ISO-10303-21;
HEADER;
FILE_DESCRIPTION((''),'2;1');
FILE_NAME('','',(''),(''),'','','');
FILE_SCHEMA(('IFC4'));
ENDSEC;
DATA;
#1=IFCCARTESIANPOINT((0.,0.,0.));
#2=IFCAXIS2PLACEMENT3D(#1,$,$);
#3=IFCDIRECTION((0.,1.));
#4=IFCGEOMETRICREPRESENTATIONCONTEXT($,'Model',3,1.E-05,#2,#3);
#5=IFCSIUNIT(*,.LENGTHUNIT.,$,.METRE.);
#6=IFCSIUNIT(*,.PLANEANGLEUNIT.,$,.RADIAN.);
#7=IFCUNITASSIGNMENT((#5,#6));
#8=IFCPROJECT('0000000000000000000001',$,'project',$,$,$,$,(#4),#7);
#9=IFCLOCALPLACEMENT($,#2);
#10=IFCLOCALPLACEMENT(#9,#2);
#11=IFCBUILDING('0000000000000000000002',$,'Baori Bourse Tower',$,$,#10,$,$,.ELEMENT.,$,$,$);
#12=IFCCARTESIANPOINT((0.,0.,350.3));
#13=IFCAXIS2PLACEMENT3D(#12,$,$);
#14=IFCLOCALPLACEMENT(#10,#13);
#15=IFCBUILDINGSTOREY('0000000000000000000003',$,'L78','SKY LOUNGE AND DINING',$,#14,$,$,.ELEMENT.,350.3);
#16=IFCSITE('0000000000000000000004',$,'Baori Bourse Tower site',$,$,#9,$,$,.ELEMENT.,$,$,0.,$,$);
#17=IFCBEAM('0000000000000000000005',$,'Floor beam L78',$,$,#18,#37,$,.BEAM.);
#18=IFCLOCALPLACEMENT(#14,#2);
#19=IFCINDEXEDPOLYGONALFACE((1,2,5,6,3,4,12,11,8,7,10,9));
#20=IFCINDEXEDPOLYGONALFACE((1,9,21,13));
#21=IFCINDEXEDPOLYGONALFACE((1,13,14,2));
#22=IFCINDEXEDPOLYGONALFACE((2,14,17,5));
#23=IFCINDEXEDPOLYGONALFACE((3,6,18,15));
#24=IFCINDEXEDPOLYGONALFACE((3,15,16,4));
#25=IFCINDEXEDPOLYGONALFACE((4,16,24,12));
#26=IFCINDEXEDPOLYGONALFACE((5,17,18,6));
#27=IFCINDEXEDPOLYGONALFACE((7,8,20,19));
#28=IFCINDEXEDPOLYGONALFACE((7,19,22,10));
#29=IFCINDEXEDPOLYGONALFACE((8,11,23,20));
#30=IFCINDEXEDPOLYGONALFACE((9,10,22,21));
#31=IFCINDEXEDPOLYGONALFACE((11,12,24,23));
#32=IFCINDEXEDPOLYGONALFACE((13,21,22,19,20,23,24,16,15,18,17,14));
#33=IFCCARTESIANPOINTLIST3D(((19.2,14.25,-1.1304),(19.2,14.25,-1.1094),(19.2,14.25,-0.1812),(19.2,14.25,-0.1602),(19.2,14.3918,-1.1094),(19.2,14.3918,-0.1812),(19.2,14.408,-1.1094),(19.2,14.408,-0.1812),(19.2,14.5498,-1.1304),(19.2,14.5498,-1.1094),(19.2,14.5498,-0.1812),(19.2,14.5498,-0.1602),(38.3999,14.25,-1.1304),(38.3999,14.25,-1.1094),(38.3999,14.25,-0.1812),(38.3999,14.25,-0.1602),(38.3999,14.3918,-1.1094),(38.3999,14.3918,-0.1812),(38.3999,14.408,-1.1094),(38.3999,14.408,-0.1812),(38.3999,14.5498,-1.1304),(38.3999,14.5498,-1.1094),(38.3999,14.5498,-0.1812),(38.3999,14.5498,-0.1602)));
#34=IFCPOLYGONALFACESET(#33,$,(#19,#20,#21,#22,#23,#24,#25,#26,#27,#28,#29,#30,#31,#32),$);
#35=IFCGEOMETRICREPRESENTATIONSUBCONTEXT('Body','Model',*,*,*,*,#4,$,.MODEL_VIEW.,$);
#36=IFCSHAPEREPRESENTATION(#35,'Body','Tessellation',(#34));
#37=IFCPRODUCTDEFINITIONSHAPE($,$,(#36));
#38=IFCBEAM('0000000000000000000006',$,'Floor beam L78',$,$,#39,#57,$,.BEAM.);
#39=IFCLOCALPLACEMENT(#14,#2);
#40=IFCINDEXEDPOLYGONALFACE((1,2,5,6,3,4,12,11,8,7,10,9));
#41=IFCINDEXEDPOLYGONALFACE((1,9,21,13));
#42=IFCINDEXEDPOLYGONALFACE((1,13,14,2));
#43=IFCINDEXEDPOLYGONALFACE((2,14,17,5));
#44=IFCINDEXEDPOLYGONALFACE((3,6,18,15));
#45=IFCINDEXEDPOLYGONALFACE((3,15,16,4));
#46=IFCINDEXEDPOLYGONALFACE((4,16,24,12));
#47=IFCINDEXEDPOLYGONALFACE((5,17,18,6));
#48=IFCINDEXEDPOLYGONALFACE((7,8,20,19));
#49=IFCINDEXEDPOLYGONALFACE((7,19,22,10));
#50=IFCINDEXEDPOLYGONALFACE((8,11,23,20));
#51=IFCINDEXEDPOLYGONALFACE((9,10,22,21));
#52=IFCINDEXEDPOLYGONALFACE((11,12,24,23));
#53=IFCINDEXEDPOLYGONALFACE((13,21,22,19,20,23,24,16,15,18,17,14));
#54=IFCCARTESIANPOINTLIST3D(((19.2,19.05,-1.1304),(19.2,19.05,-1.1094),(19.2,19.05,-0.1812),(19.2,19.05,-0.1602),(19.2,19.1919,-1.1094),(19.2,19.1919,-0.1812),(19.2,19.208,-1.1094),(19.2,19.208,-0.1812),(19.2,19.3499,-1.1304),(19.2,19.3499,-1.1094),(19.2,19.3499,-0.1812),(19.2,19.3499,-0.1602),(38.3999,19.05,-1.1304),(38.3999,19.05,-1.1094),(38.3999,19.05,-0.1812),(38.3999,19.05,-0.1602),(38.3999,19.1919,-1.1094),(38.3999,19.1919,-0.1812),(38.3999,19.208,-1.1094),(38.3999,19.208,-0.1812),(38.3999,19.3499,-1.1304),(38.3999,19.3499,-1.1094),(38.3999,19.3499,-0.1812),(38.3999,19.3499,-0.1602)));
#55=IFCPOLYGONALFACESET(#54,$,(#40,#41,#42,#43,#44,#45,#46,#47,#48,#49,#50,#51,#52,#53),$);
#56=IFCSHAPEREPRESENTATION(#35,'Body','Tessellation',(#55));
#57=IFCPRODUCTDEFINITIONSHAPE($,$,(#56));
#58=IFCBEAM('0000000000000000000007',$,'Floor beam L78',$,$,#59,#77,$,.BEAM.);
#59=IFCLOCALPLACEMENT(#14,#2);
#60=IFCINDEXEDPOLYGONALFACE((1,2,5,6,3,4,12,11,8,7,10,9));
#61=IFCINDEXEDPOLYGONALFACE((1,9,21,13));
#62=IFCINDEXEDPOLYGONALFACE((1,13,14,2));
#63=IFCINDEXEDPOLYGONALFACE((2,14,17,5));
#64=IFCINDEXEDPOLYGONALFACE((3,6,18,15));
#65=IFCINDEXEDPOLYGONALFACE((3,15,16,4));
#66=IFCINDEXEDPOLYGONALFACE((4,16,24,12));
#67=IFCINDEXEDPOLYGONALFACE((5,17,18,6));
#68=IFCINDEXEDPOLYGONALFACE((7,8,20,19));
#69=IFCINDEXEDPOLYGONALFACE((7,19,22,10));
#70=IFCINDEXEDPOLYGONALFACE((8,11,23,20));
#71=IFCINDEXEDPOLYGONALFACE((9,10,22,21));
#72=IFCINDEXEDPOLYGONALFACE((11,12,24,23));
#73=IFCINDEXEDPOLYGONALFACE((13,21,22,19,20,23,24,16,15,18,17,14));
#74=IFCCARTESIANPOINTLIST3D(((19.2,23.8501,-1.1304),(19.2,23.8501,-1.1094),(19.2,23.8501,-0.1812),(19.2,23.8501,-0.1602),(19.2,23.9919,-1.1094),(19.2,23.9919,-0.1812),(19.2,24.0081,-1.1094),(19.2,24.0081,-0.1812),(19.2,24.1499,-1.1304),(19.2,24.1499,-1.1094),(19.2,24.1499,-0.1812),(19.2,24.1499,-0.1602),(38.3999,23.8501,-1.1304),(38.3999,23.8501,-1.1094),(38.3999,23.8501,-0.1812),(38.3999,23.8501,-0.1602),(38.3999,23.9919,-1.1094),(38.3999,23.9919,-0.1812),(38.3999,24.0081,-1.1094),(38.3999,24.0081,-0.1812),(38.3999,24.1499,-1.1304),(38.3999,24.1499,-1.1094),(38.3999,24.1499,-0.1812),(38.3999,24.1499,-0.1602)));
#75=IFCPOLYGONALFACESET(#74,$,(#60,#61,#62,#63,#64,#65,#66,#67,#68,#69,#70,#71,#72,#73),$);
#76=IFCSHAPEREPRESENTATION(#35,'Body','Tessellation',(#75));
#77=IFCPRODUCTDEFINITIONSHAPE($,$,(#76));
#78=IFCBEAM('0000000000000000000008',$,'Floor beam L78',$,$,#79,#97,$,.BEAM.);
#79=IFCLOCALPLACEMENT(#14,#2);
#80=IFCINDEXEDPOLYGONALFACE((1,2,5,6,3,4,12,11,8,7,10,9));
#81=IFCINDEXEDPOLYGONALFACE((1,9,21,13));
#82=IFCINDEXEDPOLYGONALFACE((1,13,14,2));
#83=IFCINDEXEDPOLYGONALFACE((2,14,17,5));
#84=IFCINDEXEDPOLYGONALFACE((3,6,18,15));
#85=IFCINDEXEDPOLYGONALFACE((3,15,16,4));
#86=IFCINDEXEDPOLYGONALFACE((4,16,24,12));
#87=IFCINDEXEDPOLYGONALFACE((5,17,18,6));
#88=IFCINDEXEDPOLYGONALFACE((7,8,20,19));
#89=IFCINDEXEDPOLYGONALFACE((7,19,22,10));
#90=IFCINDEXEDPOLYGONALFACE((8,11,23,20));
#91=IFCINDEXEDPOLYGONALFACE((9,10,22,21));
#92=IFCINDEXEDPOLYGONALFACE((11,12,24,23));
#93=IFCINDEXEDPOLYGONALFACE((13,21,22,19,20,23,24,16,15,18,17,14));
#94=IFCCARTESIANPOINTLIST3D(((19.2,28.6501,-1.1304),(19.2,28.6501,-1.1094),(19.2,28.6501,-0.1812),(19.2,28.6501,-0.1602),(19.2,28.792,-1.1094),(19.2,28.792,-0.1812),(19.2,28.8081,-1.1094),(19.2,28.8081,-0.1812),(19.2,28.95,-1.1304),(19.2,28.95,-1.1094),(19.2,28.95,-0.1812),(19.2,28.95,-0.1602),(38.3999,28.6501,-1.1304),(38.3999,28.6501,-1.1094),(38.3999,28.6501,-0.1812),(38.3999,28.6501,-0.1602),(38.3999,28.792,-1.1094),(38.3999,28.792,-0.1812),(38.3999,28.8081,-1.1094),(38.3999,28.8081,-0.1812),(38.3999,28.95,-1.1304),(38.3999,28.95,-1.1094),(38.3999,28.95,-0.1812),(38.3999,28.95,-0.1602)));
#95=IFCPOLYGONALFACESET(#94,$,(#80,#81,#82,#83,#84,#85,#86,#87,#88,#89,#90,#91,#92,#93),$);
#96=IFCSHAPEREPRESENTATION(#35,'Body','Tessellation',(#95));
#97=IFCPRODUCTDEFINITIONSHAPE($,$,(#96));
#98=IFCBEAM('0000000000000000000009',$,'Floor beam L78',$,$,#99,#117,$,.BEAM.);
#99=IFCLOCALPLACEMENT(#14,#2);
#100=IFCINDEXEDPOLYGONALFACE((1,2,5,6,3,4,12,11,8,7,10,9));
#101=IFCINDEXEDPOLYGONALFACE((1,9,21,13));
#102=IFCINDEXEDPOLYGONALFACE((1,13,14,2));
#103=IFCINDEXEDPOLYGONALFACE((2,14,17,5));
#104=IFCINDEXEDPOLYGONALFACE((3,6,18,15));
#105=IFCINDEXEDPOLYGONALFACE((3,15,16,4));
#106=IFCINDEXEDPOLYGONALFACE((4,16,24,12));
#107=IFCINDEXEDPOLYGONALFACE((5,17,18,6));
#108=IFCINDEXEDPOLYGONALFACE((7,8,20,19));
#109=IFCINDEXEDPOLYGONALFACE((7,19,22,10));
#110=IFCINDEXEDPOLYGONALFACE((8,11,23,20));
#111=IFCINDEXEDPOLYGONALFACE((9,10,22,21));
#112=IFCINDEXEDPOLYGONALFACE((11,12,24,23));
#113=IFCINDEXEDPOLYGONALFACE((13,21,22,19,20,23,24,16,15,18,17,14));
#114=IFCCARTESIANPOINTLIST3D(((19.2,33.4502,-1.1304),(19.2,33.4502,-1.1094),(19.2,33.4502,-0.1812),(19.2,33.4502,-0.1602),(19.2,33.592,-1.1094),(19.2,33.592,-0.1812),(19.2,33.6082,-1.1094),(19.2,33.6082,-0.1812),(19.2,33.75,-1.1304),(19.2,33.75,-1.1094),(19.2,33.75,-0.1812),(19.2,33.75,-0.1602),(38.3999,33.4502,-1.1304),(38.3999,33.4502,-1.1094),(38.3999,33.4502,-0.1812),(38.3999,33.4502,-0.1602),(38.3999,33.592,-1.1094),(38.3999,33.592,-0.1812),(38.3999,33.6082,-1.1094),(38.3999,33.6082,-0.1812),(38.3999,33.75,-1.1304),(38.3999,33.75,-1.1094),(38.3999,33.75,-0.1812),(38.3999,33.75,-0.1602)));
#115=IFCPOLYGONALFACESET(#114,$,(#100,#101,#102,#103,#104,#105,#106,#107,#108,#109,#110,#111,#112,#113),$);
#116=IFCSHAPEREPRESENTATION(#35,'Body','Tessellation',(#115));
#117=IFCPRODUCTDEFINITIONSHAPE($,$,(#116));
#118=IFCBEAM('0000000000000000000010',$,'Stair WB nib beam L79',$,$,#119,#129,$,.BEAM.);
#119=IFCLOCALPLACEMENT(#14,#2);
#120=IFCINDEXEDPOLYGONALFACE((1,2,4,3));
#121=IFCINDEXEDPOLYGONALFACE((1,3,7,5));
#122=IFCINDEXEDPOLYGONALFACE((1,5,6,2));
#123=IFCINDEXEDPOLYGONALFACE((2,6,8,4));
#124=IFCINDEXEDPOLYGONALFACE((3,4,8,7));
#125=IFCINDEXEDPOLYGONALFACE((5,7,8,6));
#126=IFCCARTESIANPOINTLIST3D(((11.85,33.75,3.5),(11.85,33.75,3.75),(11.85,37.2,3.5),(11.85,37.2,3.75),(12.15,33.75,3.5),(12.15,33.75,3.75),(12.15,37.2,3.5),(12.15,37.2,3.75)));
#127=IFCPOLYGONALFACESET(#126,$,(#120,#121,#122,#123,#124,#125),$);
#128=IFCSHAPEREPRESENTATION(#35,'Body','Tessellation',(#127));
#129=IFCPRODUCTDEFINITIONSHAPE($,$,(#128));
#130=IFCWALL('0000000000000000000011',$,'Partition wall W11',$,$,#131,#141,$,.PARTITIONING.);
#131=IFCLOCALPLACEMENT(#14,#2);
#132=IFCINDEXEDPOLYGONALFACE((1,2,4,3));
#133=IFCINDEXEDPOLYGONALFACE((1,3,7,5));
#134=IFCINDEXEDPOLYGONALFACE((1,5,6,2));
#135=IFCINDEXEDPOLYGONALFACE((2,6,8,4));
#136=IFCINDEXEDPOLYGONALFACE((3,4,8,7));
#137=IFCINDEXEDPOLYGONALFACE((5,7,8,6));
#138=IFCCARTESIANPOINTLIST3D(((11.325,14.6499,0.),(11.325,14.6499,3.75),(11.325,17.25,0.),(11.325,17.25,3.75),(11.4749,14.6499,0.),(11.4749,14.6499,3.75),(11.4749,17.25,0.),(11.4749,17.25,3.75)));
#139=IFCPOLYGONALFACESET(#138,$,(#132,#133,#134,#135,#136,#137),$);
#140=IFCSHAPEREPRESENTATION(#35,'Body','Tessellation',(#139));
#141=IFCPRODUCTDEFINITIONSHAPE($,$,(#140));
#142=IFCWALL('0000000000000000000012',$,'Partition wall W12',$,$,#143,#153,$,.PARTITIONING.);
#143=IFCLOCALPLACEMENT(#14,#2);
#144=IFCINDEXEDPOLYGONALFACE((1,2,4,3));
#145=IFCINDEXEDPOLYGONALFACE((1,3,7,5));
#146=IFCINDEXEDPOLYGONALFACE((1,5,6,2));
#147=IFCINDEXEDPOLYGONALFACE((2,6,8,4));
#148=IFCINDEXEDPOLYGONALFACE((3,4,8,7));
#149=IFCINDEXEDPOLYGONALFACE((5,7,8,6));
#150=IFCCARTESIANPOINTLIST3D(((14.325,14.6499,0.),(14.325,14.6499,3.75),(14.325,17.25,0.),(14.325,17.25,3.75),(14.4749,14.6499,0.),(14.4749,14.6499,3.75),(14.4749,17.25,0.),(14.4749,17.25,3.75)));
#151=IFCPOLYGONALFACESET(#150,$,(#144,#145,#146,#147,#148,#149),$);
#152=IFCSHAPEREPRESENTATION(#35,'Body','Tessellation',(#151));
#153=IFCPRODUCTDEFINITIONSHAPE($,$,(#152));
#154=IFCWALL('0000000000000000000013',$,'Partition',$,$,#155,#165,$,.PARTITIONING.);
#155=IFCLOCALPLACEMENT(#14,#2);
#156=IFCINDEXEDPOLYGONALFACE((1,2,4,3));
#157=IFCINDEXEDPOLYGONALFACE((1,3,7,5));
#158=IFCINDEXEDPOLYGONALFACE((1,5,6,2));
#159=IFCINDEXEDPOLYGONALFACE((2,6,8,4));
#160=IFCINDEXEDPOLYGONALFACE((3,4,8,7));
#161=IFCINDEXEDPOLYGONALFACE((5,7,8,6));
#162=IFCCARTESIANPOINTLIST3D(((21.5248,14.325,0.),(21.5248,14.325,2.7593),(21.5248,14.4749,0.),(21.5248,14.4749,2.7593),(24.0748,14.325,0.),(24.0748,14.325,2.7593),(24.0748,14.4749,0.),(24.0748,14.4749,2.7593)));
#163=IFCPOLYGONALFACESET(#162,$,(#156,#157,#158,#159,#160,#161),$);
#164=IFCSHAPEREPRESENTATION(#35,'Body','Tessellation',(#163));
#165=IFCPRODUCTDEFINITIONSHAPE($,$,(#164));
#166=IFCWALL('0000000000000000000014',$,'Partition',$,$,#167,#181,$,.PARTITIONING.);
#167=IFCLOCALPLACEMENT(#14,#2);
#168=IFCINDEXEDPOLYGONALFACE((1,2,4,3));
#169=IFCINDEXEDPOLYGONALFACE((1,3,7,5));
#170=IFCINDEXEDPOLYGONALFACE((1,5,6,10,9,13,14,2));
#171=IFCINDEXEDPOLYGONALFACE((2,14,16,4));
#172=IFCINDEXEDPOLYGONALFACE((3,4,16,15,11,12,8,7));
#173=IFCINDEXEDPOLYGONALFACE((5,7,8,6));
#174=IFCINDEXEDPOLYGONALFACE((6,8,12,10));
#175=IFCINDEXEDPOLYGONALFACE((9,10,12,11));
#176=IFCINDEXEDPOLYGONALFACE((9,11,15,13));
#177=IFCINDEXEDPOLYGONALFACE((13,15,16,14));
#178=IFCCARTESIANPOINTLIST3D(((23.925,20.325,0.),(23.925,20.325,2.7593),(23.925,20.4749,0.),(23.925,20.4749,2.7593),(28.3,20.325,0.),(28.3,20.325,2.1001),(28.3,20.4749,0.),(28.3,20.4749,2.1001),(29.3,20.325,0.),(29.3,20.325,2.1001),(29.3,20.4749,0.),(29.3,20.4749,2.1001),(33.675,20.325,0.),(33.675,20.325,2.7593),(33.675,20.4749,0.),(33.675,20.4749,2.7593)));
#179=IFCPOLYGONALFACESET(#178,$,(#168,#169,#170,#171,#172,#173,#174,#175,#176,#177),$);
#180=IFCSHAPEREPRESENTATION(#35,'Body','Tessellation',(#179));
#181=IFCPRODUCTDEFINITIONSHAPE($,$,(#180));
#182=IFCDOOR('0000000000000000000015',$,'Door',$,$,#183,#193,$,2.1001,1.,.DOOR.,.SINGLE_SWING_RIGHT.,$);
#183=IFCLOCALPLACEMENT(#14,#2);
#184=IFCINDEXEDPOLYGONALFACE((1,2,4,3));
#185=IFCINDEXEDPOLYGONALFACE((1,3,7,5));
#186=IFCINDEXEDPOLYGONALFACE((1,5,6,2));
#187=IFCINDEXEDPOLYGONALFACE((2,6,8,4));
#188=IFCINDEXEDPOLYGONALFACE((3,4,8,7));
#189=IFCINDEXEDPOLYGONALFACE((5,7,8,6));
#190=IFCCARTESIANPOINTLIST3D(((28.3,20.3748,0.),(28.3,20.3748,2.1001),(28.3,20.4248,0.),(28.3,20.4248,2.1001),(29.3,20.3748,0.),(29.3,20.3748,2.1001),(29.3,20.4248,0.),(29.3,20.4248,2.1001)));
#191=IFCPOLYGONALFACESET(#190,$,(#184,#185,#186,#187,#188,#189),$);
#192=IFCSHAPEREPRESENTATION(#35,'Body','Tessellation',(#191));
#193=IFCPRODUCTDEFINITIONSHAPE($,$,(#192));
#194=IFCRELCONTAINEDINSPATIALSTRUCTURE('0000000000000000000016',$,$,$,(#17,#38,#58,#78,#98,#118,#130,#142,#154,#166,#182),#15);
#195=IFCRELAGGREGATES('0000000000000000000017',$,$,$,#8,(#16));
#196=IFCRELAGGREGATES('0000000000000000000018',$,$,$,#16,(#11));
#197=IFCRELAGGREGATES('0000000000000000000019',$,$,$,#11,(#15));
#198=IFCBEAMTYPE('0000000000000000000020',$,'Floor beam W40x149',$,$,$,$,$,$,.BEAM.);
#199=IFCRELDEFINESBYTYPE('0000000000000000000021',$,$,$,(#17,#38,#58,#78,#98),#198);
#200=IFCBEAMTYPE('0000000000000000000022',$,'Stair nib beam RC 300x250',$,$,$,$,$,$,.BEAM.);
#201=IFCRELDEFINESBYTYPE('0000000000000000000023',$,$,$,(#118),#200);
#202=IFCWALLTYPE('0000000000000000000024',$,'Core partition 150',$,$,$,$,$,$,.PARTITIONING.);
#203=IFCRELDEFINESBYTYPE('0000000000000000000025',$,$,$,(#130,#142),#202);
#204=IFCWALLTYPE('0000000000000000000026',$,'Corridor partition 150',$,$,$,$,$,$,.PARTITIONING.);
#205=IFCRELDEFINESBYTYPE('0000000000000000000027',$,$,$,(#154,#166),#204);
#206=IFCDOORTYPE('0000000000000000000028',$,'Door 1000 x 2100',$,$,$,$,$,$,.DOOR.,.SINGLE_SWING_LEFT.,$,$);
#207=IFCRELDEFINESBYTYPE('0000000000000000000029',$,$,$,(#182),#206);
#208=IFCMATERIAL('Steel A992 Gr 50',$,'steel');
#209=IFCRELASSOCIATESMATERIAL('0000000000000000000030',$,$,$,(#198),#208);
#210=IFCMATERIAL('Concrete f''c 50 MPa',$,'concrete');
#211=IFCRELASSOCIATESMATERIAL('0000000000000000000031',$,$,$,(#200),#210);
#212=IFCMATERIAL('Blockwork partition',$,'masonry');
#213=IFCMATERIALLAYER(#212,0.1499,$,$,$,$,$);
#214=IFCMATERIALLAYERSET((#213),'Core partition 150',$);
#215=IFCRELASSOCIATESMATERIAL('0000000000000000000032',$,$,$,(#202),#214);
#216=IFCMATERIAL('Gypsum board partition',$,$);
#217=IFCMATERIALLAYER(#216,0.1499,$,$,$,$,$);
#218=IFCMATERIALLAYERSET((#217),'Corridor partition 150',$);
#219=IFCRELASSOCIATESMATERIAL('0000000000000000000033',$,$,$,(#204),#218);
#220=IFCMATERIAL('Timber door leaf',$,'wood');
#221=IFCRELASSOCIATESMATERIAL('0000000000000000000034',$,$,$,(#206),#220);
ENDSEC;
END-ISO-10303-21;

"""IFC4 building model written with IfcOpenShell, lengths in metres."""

from ifc_helpers import new_model, si_unit, direction, frame, frame_2d, origin, origin_2d, place, context, subcontext, project, spatial, rectangle, i_section, extrude, material, layer, layer_set, material_profile, profile_set, type_object, element, fill, save


model = new_model("IFC4")

# Units and contexts
model_context = context("Model", 3, precision=1e-05, world=origin(), true_north=direction((0.0, 1.0)))
body_context = subcontext(model_context, "Body", "Model", "MODEL_VIEW")
ifc_project = project(units=[si_unit("LENGTHUNIT", "METRE"), si_unit("PLANEANGLEUNIT", "RADIAN")], contexts=[model_context])

# Site, building, storey
site_placement = place(None, origin())
site = spatial("IfcSite", under=ifc_project, at=site_placement, Name="Baori Bourse Tower site", CompositionType="ELEMENT", RefElevation=0.0)
building_placement = place(site_placement, origin())
building = spatial("IfcBuilding", under=site, at=building_placement, Name="Baori Bourse Tower", CompositionType="ELEMENT")
storey_placement = place(building_placement, frame((0.0, 0.0, 350.3)))
storey = spatial("IfcBuildingStorey", under=building, at=storey_placement, Name="L78", Description="SKY LOUNGE AND DINING", CompositionType="ELEMENT", Elevation=350.3)

# Beams
ifc_material_1 = material(Name="Steel A992 Gr 50", Category="steel")
ifc_material_profile_1 = material_profile(ifc_material_1, i_section(OverallWidth=0.2998, OverallDepth=0.9702, WebThickness=0.0161, FlangeThickness=0.021, at=origin_2d()), Name="W40x149")
ifc_profile_set_1 = profile_set([ifc_material_profile_1], Name="Steel A992 Gr 50")
beam_type_1 = type_object("IfcBeamType", Name="Floor beam W40x149", PredefinedType="BEAM", material=ifc_profile_set_1)
for number, where, z_axis, x_axis, name in (
    (1, (19.2, 14.3999, -0.6453), (1.0, 0.0, 0.0), (0.0, 1.0, 0.0), "Floor beam L78"),
    (2, (19.2, 19.2, -0.6453), (1.0, 0.0, 0.0), (0.0, 1.0, 0.0), "Floor beam L78"),
    (3, (19.2, 24.0, -0.6453), (1.0, 0.0, 0.0), (0.0, 1.0, 0.0), "Floor beam L78"),
    (4, (19.2, 28.8, -0.6453), (1.0, 0.0, 0.0), (0.0, 1.0, 0.0), "Floor beam L78"),
    (5, (19.2, 33.6001, -0.6453), (1.0, 0.0, 0.0), (0.0, 1.0, 0.0), "Floor beam L78"),
):
    element("IfcBeam", number, at=place(storey_placement, frame(where, z_axis=z_axis, x_axis=x_axis)), inside=storey, type_object=beam_type_1, Name=name, PredefinedType="BEAM", context=body_context, shape_type="SweptSolid", body=[
        extrude(i_section(OverallWidth=0.2998, OverallDepth=0.9702, WebThickness=0.0161, FlangeThickness=0.021, at=origin_2d()), origin(), (0.0, 0.0, 1.0), 19.2),
    ])
ifc_material_2 = material(Name="Concrete f'c 50 MPa", Category="concrete")
ifc_material_profile_2 = material_profile(ifc_material_2, rectangle(XDim=0.3, YDim=0.25, at=origin_2d()), Name="RC 300x250")
ifc_profile_set_2 = profile_set([ifc_material_profile_2], Name="Concrete f'c 50 MPa")
beam_type_2 = type_object("IfcBeamType", Name="Stair nib beam RC 300x250", PredefinedType="BEAM", material=ifc_profile_set_2)
beam_placement = place(storey_placement, frame((12.0, 33.75, 3.625), z_axis=(0.0, 1.0, 0.0), x_axis=(-1.0, 0.0, 0.0)))
element("IfcBeam", 6, at=beam_placement, inside=storey, type_object=beam_type_2, Name="Stair WB nib beam L79", PredefinedType="BEAM", context=body_context, shape_type="SweptSolid", body=[
    extrude(rectangle(XDim=0.3, YDim=0.25, at=origin_2d()), origin(), (0.0, 0.0, 1.0), 3.45),
])

# Walls
ifc_material_3 = material(Name="Blockwork partition", Category="masonry")
ifc_layer_1 = layer(ifc_material_3, 0.1499)
ifc_layer_set_1 = layer_set([ifc_layer_1], Name="Core partition 150")
wall_type_1 = type_object("IfcWallType", Name="Core partition 150", PredefinedType="PARTITIONING", material=ifc_layer_set_1)
for number, where, z_axis, x_axis, name in (
    (7, (11.3999, 14.6499, 0.0), (0.0, 0.0, 1.0), (0.0, 1.0, 0.0), "Partition wall W11"),
    (8, (14.3999, 14.6499, 0.0), (0.0, 0.0, 1.0), (0.0, 1.0, 0.0), "Partition wall W12"),
):
    element("IfcWall", number, at=place(storey_placement, frame(where, z_axis=z_axis, x_axis=x_axis)), inside=storey, type_object=wall_type_1, Name=name, PredefinedType="PARTITIONING", context=body_context, shape_type="SweptSolid", body=[
        extrude(rectangle(XDim=2.6001, YDim=0.1499, at=frame_2d((1.3, 0.0))), origin(), (0.0, 0.0, 1.0), 3.75),
    ])
ifc_material_4 = material(Name="Gypsum board partition")
ifc_layer_2 = layer(ifc_material_4, 0.1499)
ifc_layer_set_2 = layer_set([ifc_layer_2], Name="Corridor partition 150")
wall_type_2 = type_object("IfcWallType", Name="Corridor partition 150", PredefinedType="PARTITIONING", material=ifc_layer_set_2)
wall_1_placement = place(storey_placement, frame((21.5249, 14.3999, 0.0), z_axis=(0.0, 0.0, 1.0), x_axis=(1.0, 0.0, 0.0)))
element("IfcWall", 9, at=wall_1_placement, inside=storey, type_object=wall_type_2, Name="Partition", PredefinedType="PARTITIONING", context=body_context, shape_type="SweptSolid", body=[
    extrude(rectangle(XDim=2.55, YDim=0.1499, at=frame_2d((1.2749, 0.0))), origin(), (0.0, 0.0, 1.0), 2.7593),
])

# Wall, opening, door
wall_2_placement = place(storey_placement, frame((23.925, 20.3999, 0.0), z_axis=(0.0, 0.0, 1.0), x_axis=(1.0, 0.0, 0.0)))
wall_2 = element("IfcWall", 10, at=wall_2_placement, inside=storey, type_object=wall_type_2, Name="Partition", PredefinedType="PARTITIONING", context=body_context, shape_type="SweptSolid", body=[
    extrude(rectangle(XDim=9.75, YDim=0.1499, at=frame_2d((4.875, 0.0))), origin(), (0.0, 0.0, 1.0), 2.7593),
])
opening_1_placement = place(wall_2_placement, frame((4.375, 0.0, 0.0)))
opening_1 = element("IfcOpeningElement", 11, at=opening_1_placement, cuts=wall_2, PredefinedType="OPENING", context=body_context, shape_type="SweptSolid", body=[
    extrude(rectangle(XDim=1.0, YDim=2.1001, at=frame_2d((0.5, 1.05))), frame((0.0, 0.085, 0.0), z_axis=(0.0, -1.0, 0.0), x_axis=(1.0, 0.0, 0.0)), (0.0, 0.0, 1.0), 0.1699),
])
ifc_material_5 = material(Name="Timber door leaf", Category="wood")
door_type_1 = type_object("IfcDoorType", Name="Door 1000 x 2100", OperationType="SINGLE_SWING_LEFT", PredefinedType="DOOR", material=ifc_material_5)
door_1_placement = place(opening_1_placement, origin())
door_1 = element("IfcDoor", 12, at=door_1_placement, inside=storey, type_object=door_type_1, Name="Door", OperationType="SINGLE_SWING_RIGHT", OverallHeight=2.1001, OverallWidth=1.0, PredefinedType="DOOR", context=body_context, shape_type="SweptSolid", body=[
    extrude(rectangle(XDim=1.0, YDim=2.1001, at=frame_2d((0.5, 1.05))), frame((0.0, 0.0249, 0.0), z_axis=(0.0, -1.0, 0.0), x_axis=(1.0, 0.0, 0.0)), (0.0, 0.0, 1.0), 0.05),
])
fill(opening_1, door_1)

save(model, "model.ifc")
